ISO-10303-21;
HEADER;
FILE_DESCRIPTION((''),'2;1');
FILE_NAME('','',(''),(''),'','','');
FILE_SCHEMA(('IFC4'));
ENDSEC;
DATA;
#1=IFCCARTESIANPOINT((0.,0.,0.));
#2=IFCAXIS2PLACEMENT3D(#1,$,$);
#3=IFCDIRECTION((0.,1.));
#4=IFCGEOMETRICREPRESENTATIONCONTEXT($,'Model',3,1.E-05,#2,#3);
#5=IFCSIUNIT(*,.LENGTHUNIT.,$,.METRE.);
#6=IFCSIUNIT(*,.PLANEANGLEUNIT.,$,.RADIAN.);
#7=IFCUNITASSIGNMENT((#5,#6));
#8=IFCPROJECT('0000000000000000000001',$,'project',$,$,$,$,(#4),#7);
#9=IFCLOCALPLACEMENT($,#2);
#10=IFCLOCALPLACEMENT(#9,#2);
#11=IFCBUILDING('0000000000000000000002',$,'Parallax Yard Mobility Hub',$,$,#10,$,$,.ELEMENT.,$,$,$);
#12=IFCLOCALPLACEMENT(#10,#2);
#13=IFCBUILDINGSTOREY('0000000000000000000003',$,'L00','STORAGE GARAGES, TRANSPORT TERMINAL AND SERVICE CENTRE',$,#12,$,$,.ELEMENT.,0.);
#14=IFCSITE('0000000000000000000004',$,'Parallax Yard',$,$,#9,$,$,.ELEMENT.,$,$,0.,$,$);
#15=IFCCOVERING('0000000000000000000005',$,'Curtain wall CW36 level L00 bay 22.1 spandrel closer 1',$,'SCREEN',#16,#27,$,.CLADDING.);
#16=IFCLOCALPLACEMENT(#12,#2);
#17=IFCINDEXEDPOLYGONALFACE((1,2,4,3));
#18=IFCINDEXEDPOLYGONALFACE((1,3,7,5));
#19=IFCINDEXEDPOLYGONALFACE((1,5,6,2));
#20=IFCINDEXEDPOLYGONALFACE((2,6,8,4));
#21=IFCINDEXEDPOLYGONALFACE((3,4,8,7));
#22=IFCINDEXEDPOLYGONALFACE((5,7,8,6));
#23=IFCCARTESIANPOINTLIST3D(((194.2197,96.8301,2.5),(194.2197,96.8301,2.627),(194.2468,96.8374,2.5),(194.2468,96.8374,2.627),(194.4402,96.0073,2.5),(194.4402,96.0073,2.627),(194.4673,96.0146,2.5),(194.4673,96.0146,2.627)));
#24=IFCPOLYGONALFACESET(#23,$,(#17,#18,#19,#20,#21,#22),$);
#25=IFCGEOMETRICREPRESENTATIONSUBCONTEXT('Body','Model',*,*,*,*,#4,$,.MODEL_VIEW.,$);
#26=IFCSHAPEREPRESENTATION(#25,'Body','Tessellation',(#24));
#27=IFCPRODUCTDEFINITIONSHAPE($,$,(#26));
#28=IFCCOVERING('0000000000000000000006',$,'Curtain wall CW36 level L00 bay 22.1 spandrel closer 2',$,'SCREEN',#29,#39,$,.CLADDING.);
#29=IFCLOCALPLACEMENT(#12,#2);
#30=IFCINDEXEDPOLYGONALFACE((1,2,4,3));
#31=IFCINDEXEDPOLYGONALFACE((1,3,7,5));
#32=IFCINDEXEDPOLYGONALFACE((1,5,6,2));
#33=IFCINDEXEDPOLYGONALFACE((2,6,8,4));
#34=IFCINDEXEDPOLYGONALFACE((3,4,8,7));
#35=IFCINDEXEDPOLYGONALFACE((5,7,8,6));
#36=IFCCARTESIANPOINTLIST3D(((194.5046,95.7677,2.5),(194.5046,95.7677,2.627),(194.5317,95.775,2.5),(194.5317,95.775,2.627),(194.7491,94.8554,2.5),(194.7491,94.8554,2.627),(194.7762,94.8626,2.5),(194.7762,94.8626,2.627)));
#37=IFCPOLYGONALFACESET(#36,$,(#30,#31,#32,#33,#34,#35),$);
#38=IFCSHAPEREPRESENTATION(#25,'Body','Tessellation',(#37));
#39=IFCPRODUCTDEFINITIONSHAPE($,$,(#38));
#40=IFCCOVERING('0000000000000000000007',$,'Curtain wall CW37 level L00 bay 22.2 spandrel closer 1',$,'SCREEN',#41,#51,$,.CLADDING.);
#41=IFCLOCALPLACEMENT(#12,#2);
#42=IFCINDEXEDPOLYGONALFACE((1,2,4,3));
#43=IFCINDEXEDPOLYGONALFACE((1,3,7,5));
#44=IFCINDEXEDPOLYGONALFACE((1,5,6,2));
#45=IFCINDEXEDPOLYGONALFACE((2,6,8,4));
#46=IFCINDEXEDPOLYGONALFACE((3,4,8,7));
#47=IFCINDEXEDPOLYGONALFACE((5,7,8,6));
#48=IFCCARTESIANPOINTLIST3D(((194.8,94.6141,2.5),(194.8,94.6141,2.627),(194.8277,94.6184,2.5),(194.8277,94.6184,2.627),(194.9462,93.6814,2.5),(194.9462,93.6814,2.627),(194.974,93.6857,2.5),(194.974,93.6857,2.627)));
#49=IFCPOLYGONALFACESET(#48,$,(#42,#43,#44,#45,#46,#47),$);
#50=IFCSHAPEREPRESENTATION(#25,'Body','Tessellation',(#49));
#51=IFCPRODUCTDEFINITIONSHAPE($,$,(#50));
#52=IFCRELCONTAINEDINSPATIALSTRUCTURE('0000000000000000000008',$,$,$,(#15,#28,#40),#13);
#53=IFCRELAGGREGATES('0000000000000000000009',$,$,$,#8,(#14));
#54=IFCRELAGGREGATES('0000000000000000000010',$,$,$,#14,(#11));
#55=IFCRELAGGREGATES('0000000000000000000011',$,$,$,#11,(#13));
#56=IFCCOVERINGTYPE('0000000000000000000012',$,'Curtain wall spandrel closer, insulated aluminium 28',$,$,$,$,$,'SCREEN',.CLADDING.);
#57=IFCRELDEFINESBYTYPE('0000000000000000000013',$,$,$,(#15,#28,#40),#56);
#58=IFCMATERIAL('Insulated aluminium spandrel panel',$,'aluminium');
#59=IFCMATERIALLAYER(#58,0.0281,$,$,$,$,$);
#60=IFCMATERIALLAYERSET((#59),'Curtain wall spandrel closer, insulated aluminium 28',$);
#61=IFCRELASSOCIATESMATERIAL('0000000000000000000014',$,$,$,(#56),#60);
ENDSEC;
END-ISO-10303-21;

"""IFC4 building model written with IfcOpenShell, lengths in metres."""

from ifc_helpers import new_model, si_unit, direction, frame, origin, origin_2d, place, context, subcontext, project, spatial, rectangle, extrude, material, layer, layer_set, type_object, element, save


model = new_model("IFC4")

# Units and contexts
model_context = context("Model", 3, precision=1e-05, world=origin(), true_north=direction((0.0, 1.0)))
body_context = subcontext(model_context, "Body", "Model", "MODEL_VIEW")
ifc_project = project(units=[si_unit("LENGTHUNIT", "METRE"), si_unit("PLANEANGLEUNIT", "RADIAN")], contexts=[model_context])

# Site, building, storey
site_placement = place(None, origin())
site = spatial("IfcSite", under=ifc_project, at=site_placement, Name="Parallax Yard", CompositionType="ELEMENT", RefElevation=0.0)
building_placement = place(site_placement, origin())
building = spatial("IfcBuilding", under=site, at=building_placement, Name="Parallax Yard Mobility Hub", CompositionType="ELEMENT")
storey_placement = place(building_placement, origin())
storey = spatial("IfcBuildingStorey", under=building, at=storey_placement, Name="L00", Description="STORAGE GARAGES, TRANSPORT TERMINAL AND SERVICE CENTRE", CompositionType="ELEMENT", Elevation=0.0)

# Coverings
ifc_material_1 = material(Name="Insulated aluminium spandrel panel", Category="aluminium")
ifc_layer_1 = layer(ifc_material_1, 0.0281)
ifc_layer_set_1 = layer_set([ifc_layer_1], Name="Curtain wall spandrel closer, insulated aluminium 28")
covering_type = type_object("IfcCoveringType", Name="Curtain wall spandrel closer, insulated aluminium 28", ElementType="SCREEN", PredefinedType="CLADDING", material=ifc_layer_set_1)
covering_1_placement = place(storey_placement, frame((194.3435, 96.4224, 2.5), z_axis=(0.0, 0.0, 1.0), x_axis=(0.258846, -0.965919, 0.0)))
element("IfcCovering", 1, at=covering_1_placement, inside=storey, type_object=covering_type, Name="Curtain wall CW36 level L00 bay 22.1 spandrel closer 1", ObjectType="SCREEN", PredefinedType="CLADDING", context=body_context, shape_type="SweptSolid", body=[
    extrude(rectangle(XDim=0.8518, YDim=0.0281, at=origin_2d()), origin(), (0.0, 0.0, 1.0), 0.127),
])
covering_2_placement = place(storey_placement, frame((194.6404, 95.3152, 2.5), z_axis=(0.0, 0.0, 1.0), x_axis=(0.258846, -0.965919, 0.0)))
element("IfcCovering", 2, at=covering_2_placement, inside=storey, type_object=covering_type, Name="Curtain wall CW36 level L00 bay 22.1 spandrel closer 2", ObjectType="SCREEN", PredefinedType="CLADDING", context=body_context, shape_type="SweptSolid", body=[
    extrude(rectangle(XDim=0.9446, YDim=0.0281, at=origin_2d()), origin(), (0.0, 0.0, 1.0), 0.127),
])
covering_3_placement = place(storey_placement, frame((194.887, 94.1499, 2.5), z_axis=(0.0, 0.0, 1.0), x_axis=(0.154947, -0.987923, 0.0)))
element("IfcCovering", 3, at=covering_3_placement, inside=storey, type_object=covering_type, Name="Curtain wall CW37 level L00 bay 22.2 spandrel closer 1", ObjectType="SCREEN", PredefinedType="CLADDING", context=body_context, shape_type="SweptSolid", body=[
    extrude(rectangle(XDim=0.9441, YDim=0.0281, at=origin_2d()), origin(), (0.0, 0.0, 1.0), 0.127),
])

save(model, "model.ifc")
